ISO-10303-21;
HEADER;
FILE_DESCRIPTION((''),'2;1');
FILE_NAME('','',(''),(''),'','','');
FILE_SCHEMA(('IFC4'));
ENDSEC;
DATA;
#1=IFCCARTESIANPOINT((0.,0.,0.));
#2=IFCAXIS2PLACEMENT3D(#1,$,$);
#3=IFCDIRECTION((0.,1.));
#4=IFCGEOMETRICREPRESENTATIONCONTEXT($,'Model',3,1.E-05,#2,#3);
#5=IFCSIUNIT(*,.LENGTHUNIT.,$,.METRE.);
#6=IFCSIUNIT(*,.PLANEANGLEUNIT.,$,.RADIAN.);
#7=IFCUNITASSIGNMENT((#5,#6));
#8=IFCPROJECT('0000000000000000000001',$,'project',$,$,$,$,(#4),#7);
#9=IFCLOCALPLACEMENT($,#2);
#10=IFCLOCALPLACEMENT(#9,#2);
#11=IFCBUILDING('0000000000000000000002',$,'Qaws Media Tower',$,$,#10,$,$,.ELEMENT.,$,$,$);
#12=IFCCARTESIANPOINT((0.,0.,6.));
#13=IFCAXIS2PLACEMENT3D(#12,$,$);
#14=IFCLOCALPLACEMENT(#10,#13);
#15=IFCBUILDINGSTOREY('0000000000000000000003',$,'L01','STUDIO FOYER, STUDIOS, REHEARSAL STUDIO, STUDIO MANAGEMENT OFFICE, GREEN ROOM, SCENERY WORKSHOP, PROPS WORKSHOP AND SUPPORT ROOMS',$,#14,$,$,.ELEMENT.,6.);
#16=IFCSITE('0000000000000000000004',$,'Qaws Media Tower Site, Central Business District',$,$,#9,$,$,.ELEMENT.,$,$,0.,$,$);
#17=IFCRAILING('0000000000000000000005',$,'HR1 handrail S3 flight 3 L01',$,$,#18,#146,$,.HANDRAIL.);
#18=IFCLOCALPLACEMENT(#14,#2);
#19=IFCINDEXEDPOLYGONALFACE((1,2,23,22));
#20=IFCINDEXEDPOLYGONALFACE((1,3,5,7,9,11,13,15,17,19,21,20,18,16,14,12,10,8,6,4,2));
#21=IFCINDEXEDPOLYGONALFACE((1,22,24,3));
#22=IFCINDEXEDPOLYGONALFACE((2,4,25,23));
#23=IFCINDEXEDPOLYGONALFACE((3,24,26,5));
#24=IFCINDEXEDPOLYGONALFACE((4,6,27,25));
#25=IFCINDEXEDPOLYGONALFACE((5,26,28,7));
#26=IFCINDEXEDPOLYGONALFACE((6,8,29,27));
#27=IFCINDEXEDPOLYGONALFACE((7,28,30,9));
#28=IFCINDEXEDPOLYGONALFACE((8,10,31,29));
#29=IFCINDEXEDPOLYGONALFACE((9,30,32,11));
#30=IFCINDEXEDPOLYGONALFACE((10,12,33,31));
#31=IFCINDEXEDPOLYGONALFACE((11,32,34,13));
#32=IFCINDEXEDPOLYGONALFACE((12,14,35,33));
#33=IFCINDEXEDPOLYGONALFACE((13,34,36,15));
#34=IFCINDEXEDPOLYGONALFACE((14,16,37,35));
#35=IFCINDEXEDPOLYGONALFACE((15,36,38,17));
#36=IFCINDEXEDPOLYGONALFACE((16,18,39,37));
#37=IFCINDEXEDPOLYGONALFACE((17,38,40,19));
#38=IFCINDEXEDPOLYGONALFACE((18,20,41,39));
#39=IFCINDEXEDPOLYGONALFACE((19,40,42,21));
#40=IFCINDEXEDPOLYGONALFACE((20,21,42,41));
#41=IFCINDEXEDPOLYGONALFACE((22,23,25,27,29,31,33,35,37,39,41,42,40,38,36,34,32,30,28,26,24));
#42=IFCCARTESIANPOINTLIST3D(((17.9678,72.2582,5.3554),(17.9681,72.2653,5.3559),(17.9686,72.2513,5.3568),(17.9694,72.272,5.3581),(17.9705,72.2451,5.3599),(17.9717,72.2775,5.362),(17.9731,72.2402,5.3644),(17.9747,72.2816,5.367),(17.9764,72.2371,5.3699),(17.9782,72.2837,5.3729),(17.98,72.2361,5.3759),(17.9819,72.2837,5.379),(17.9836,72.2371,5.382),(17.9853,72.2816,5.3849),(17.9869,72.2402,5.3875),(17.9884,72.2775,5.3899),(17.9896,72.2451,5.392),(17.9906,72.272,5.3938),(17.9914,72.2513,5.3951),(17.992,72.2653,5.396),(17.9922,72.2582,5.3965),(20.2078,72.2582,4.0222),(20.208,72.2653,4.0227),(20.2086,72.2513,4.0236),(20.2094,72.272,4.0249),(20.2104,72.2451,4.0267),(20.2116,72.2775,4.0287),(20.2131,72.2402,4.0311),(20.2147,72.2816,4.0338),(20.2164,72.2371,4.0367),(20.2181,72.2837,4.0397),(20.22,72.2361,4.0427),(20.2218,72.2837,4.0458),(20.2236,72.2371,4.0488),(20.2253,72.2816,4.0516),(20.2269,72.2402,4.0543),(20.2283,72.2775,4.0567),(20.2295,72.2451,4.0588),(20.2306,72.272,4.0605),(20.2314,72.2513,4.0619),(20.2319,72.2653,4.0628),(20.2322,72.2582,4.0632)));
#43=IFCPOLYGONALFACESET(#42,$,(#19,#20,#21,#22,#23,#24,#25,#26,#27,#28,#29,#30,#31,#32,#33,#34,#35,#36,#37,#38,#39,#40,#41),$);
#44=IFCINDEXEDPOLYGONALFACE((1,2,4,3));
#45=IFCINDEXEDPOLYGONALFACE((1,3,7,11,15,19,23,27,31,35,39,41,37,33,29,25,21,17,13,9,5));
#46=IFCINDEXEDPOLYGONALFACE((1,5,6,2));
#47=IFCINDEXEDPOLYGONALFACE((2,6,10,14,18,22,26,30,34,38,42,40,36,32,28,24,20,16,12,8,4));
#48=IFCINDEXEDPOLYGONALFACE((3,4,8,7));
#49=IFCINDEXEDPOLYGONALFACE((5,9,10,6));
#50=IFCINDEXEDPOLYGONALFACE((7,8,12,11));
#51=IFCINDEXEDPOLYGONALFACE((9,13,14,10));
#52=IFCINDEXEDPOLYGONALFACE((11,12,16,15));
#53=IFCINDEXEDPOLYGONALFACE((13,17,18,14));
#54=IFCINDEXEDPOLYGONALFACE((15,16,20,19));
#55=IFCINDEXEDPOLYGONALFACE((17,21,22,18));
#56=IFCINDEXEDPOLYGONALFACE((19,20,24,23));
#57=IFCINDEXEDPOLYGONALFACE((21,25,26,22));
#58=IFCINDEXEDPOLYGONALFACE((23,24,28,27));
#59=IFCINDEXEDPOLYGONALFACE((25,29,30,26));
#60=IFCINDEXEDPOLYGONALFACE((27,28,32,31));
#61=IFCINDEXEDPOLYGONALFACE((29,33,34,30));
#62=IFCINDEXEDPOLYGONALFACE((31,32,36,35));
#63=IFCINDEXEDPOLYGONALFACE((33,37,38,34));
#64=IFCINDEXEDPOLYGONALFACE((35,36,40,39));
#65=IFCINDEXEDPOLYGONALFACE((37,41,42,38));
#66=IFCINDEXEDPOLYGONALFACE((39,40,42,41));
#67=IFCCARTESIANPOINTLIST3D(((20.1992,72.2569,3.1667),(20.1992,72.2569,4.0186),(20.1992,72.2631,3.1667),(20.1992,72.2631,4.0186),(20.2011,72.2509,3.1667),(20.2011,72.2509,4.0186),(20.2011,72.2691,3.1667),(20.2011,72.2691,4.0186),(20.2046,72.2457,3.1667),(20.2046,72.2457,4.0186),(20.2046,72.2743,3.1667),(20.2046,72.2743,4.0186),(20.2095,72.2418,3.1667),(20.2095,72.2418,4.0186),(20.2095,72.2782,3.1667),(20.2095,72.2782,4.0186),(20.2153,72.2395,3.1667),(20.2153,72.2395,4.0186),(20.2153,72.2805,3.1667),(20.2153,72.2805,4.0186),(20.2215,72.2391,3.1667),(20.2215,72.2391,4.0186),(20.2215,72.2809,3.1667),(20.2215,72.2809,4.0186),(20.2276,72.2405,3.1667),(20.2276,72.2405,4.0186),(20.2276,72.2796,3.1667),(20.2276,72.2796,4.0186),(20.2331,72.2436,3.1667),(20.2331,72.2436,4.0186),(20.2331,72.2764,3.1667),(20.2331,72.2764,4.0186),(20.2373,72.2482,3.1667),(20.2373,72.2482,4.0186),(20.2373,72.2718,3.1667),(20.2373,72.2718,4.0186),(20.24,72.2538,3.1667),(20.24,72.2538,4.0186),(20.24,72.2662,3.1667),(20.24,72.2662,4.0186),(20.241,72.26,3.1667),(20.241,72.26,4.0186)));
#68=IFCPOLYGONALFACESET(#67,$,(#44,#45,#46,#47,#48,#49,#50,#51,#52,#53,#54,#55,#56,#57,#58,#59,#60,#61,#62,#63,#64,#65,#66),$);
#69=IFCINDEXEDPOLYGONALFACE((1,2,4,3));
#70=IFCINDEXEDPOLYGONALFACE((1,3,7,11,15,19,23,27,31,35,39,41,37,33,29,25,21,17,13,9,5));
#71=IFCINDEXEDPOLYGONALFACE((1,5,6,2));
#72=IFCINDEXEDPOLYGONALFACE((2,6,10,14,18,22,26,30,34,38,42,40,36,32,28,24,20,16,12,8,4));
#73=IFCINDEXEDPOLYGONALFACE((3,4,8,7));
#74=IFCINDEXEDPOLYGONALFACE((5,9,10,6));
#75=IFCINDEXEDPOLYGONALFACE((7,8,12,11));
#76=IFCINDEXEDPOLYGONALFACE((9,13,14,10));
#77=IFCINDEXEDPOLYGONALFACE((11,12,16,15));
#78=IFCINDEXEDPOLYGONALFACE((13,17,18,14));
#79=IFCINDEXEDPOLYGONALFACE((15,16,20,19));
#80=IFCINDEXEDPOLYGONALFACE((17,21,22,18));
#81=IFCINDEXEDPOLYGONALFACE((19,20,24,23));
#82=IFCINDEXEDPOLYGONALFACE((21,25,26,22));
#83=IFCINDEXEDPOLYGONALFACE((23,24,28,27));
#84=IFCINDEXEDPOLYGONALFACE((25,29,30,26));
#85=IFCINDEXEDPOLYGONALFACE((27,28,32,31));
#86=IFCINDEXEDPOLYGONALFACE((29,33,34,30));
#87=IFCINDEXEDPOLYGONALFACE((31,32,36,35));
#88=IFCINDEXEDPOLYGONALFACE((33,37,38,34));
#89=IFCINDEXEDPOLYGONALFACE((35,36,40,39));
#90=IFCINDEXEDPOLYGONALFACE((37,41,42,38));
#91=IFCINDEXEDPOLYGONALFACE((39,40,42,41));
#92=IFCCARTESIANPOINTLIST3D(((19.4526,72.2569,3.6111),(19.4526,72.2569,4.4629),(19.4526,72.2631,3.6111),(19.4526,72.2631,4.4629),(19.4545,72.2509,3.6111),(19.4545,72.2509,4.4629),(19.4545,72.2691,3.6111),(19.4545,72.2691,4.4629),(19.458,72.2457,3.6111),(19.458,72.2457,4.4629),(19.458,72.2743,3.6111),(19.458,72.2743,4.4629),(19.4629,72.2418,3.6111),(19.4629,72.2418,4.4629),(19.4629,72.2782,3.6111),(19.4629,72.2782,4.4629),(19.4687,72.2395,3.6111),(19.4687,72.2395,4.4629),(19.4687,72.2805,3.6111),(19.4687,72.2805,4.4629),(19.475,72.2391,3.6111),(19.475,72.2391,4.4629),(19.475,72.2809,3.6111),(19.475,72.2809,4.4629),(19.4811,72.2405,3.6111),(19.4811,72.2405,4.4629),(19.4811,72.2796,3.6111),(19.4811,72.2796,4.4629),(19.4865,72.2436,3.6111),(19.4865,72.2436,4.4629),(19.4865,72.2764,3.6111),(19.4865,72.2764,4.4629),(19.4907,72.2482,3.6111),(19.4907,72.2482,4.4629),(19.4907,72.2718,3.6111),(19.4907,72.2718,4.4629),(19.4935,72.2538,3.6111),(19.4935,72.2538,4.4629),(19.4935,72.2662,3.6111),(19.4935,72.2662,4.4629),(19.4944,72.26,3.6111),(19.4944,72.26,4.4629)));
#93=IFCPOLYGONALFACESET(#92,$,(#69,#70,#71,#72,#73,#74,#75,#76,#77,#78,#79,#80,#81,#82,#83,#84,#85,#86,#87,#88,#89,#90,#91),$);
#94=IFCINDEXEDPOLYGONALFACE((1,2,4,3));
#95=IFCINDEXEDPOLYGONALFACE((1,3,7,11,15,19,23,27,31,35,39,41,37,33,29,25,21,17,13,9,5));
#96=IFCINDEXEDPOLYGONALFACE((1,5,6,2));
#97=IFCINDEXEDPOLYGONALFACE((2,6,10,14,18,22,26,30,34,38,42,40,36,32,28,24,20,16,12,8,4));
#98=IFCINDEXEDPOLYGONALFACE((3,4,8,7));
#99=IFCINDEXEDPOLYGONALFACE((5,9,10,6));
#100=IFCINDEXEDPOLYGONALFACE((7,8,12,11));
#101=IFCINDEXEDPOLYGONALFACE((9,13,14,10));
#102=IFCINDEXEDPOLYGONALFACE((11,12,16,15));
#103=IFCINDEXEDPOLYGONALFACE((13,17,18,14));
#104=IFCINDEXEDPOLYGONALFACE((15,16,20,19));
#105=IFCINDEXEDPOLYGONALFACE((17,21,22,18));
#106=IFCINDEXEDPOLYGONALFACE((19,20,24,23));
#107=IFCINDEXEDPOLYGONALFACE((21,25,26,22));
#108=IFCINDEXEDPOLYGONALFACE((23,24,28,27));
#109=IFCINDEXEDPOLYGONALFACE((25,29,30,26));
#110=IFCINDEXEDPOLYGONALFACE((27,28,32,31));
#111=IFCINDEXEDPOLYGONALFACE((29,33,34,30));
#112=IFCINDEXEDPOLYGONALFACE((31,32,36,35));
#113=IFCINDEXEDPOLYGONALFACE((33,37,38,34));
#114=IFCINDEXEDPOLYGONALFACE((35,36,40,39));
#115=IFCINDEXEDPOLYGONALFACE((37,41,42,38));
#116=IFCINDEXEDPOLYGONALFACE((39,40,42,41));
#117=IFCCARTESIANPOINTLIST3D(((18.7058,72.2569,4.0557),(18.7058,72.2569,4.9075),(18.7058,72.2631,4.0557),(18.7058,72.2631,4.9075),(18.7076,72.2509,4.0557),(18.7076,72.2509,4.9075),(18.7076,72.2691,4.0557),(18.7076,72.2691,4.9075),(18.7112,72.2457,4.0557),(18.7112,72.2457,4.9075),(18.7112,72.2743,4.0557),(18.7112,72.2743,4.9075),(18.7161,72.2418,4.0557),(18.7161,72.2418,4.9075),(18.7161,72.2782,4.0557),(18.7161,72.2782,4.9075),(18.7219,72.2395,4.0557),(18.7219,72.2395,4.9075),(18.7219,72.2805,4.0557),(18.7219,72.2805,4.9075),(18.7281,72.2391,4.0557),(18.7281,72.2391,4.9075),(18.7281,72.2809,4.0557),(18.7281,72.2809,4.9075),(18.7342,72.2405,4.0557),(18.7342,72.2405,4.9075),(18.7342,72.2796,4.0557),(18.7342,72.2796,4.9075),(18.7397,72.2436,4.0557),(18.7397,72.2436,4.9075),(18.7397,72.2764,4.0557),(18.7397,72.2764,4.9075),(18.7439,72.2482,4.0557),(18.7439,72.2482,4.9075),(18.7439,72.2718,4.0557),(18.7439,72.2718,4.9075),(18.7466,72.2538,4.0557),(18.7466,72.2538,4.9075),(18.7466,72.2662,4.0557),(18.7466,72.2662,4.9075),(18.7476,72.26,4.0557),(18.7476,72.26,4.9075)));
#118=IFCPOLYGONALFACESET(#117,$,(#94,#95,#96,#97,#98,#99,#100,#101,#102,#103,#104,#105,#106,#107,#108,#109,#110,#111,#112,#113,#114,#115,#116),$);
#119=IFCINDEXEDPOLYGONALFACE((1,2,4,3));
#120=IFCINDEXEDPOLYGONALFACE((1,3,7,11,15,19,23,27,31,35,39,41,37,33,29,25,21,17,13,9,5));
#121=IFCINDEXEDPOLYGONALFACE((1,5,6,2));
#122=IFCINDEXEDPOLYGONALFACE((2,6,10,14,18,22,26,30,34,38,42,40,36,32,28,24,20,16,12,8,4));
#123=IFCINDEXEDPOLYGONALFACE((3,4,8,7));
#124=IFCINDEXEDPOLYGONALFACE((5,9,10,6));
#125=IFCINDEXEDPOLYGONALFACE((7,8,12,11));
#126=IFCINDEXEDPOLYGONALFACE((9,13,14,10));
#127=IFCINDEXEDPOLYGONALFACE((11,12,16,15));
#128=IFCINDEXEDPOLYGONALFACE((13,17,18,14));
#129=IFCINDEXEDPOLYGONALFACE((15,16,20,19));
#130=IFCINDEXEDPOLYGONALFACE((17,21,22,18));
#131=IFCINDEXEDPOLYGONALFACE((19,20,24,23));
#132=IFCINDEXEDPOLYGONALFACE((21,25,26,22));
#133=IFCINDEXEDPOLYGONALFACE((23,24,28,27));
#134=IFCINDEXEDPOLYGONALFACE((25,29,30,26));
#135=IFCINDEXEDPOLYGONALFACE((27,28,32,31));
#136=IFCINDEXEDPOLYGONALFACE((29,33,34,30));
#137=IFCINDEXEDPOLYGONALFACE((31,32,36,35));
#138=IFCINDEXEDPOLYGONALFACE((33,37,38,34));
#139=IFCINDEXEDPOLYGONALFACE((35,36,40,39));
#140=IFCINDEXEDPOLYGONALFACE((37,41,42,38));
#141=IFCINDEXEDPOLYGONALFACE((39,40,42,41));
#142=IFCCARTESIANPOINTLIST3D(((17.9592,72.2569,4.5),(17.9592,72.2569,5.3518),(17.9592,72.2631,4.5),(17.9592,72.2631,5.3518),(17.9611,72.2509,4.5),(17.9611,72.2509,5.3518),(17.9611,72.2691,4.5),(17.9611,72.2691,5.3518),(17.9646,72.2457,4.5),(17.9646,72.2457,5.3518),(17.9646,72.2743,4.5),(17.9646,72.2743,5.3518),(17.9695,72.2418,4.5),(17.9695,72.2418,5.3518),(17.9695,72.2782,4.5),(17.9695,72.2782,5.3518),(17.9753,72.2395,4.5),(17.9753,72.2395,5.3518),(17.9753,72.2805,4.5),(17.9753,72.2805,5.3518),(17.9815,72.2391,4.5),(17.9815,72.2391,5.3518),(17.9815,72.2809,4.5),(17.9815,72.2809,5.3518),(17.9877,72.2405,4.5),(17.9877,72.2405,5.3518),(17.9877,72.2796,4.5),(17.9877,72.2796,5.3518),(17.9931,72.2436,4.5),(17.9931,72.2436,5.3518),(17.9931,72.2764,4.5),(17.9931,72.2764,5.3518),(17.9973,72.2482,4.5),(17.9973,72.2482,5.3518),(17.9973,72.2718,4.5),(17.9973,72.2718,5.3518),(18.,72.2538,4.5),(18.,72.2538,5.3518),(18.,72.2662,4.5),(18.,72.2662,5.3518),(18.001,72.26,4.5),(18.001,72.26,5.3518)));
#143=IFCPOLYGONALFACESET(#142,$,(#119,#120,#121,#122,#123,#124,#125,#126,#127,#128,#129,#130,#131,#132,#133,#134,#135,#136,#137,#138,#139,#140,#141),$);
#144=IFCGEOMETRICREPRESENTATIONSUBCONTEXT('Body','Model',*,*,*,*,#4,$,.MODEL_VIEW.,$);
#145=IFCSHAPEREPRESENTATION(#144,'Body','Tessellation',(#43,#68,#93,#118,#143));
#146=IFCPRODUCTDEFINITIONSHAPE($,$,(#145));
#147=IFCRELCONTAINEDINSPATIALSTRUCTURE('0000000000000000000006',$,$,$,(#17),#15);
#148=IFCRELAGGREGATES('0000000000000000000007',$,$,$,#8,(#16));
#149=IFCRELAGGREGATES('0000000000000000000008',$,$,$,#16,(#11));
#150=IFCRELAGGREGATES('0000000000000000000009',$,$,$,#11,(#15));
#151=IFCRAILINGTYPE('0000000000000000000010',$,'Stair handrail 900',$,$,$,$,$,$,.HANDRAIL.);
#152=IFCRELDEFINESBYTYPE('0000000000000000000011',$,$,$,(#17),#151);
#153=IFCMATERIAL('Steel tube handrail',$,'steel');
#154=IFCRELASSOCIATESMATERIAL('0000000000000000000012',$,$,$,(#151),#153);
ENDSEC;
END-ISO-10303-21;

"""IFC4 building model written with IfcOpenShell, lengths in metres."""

from ifc_helpers import new_model, si_unit, direction, frame, origin, origin_2d, place, context, subcontext, project, spatial, circle, extrude, material, type_object, element, save


model = new_model("IFC4")

# Units and contexts
model_context = context("Model", 3, precision=1e-05, world=origin(), true_north=direction((0.0, 1.0)))
body_context = subcontext(model_context, "Body", "Model", "MODEL_VIEW")
ifc_project = project(units=[si_unit("LENGTHUNIT", "METRE"), si_unit("PLANEANGLEUNIT", "RADIAN")], contexts=[model_context])

# Site, building, storey
site_placement = place(None, origin())
site = spatial("IfcSite", under=ifc_project, at=site_placement, Name="Qaws Media Tower Site, Central Business District", CompositionType="ELEMENT", RefElevation=0.0)
building_placement = place(site_placement, origin())
building = spatial("IfcBuilding", under=site, at=building_placement, Name="Qaws Media Tower", CompositionType="ELEMENT")
storey_placement = place(building_placement, frame((0.0, 0.0, 6.0)))
storey = spatial("IfcBuildingStorey", under=building, at=storey_placement, Name="L01", Description="STUDIO FOYER, STUDIOS, REHEARSAL STUDIO, STUDIO MANAGEMENT OFFICE, GREEN ROOM, SCENERY WORKSHOP, PROPS WORKSHOP AND SUPPORT ROOMS", CompositionType="ELEMENT", Elevation=6.0)

# Railing
ifc_material_1 = material(Name="Steel tube handrail", Category="steel")
railing_type = type_object("IfcRailingType", Name="Stair handrail 900", PredefinedType="HANDRAIL", material=ifc_material_1)
railing_1_placement = place(storey_placement, frame((20.22, 72.26, 3.1667)))
element("IfcRailing", 1, at=railing_1_placement, inside=storey, type_object=railing_type, Name="HR1 handrail S3 flight 3 L01", PredefinedType="HANDRAIL", context=body_context, shape_type="SweptSolid", body=[
    extrude(circle(Radius=0.0239, at=origin_2d()), frame((0.0, 0.0, 0.876), z_axis=(-0.859306, 0.0, 0.511462), x_axis=(0.0, -1.0, 0.0)), (0.0, 0.0, 1.0), 2.6067),
    extrude(circle(Radius=0.021, at=origin_2d()), origin(), (0.0, 0.0, 1.0), 0.8518),
    extrude(circle(Radius=0.021, at=origin_2d()), frame((-0.7466, 0.0, 0.4443)), (0.0, 0.0, 1.0), 0.8518),
    extrude(circle(Radius=0.021, at=origin_2d()), frame((-1.4934, 0.0, 0.8889)), (0.0, 0.0, 1.0), 0.8518),
    extrude(circle(Radius=0.021, at=origin_2d()), frame((-2.24, 0.0, 1.3333)), (0.0, 0.0, 1.0), 0.8518),
])

save(model, "model.ifc")
